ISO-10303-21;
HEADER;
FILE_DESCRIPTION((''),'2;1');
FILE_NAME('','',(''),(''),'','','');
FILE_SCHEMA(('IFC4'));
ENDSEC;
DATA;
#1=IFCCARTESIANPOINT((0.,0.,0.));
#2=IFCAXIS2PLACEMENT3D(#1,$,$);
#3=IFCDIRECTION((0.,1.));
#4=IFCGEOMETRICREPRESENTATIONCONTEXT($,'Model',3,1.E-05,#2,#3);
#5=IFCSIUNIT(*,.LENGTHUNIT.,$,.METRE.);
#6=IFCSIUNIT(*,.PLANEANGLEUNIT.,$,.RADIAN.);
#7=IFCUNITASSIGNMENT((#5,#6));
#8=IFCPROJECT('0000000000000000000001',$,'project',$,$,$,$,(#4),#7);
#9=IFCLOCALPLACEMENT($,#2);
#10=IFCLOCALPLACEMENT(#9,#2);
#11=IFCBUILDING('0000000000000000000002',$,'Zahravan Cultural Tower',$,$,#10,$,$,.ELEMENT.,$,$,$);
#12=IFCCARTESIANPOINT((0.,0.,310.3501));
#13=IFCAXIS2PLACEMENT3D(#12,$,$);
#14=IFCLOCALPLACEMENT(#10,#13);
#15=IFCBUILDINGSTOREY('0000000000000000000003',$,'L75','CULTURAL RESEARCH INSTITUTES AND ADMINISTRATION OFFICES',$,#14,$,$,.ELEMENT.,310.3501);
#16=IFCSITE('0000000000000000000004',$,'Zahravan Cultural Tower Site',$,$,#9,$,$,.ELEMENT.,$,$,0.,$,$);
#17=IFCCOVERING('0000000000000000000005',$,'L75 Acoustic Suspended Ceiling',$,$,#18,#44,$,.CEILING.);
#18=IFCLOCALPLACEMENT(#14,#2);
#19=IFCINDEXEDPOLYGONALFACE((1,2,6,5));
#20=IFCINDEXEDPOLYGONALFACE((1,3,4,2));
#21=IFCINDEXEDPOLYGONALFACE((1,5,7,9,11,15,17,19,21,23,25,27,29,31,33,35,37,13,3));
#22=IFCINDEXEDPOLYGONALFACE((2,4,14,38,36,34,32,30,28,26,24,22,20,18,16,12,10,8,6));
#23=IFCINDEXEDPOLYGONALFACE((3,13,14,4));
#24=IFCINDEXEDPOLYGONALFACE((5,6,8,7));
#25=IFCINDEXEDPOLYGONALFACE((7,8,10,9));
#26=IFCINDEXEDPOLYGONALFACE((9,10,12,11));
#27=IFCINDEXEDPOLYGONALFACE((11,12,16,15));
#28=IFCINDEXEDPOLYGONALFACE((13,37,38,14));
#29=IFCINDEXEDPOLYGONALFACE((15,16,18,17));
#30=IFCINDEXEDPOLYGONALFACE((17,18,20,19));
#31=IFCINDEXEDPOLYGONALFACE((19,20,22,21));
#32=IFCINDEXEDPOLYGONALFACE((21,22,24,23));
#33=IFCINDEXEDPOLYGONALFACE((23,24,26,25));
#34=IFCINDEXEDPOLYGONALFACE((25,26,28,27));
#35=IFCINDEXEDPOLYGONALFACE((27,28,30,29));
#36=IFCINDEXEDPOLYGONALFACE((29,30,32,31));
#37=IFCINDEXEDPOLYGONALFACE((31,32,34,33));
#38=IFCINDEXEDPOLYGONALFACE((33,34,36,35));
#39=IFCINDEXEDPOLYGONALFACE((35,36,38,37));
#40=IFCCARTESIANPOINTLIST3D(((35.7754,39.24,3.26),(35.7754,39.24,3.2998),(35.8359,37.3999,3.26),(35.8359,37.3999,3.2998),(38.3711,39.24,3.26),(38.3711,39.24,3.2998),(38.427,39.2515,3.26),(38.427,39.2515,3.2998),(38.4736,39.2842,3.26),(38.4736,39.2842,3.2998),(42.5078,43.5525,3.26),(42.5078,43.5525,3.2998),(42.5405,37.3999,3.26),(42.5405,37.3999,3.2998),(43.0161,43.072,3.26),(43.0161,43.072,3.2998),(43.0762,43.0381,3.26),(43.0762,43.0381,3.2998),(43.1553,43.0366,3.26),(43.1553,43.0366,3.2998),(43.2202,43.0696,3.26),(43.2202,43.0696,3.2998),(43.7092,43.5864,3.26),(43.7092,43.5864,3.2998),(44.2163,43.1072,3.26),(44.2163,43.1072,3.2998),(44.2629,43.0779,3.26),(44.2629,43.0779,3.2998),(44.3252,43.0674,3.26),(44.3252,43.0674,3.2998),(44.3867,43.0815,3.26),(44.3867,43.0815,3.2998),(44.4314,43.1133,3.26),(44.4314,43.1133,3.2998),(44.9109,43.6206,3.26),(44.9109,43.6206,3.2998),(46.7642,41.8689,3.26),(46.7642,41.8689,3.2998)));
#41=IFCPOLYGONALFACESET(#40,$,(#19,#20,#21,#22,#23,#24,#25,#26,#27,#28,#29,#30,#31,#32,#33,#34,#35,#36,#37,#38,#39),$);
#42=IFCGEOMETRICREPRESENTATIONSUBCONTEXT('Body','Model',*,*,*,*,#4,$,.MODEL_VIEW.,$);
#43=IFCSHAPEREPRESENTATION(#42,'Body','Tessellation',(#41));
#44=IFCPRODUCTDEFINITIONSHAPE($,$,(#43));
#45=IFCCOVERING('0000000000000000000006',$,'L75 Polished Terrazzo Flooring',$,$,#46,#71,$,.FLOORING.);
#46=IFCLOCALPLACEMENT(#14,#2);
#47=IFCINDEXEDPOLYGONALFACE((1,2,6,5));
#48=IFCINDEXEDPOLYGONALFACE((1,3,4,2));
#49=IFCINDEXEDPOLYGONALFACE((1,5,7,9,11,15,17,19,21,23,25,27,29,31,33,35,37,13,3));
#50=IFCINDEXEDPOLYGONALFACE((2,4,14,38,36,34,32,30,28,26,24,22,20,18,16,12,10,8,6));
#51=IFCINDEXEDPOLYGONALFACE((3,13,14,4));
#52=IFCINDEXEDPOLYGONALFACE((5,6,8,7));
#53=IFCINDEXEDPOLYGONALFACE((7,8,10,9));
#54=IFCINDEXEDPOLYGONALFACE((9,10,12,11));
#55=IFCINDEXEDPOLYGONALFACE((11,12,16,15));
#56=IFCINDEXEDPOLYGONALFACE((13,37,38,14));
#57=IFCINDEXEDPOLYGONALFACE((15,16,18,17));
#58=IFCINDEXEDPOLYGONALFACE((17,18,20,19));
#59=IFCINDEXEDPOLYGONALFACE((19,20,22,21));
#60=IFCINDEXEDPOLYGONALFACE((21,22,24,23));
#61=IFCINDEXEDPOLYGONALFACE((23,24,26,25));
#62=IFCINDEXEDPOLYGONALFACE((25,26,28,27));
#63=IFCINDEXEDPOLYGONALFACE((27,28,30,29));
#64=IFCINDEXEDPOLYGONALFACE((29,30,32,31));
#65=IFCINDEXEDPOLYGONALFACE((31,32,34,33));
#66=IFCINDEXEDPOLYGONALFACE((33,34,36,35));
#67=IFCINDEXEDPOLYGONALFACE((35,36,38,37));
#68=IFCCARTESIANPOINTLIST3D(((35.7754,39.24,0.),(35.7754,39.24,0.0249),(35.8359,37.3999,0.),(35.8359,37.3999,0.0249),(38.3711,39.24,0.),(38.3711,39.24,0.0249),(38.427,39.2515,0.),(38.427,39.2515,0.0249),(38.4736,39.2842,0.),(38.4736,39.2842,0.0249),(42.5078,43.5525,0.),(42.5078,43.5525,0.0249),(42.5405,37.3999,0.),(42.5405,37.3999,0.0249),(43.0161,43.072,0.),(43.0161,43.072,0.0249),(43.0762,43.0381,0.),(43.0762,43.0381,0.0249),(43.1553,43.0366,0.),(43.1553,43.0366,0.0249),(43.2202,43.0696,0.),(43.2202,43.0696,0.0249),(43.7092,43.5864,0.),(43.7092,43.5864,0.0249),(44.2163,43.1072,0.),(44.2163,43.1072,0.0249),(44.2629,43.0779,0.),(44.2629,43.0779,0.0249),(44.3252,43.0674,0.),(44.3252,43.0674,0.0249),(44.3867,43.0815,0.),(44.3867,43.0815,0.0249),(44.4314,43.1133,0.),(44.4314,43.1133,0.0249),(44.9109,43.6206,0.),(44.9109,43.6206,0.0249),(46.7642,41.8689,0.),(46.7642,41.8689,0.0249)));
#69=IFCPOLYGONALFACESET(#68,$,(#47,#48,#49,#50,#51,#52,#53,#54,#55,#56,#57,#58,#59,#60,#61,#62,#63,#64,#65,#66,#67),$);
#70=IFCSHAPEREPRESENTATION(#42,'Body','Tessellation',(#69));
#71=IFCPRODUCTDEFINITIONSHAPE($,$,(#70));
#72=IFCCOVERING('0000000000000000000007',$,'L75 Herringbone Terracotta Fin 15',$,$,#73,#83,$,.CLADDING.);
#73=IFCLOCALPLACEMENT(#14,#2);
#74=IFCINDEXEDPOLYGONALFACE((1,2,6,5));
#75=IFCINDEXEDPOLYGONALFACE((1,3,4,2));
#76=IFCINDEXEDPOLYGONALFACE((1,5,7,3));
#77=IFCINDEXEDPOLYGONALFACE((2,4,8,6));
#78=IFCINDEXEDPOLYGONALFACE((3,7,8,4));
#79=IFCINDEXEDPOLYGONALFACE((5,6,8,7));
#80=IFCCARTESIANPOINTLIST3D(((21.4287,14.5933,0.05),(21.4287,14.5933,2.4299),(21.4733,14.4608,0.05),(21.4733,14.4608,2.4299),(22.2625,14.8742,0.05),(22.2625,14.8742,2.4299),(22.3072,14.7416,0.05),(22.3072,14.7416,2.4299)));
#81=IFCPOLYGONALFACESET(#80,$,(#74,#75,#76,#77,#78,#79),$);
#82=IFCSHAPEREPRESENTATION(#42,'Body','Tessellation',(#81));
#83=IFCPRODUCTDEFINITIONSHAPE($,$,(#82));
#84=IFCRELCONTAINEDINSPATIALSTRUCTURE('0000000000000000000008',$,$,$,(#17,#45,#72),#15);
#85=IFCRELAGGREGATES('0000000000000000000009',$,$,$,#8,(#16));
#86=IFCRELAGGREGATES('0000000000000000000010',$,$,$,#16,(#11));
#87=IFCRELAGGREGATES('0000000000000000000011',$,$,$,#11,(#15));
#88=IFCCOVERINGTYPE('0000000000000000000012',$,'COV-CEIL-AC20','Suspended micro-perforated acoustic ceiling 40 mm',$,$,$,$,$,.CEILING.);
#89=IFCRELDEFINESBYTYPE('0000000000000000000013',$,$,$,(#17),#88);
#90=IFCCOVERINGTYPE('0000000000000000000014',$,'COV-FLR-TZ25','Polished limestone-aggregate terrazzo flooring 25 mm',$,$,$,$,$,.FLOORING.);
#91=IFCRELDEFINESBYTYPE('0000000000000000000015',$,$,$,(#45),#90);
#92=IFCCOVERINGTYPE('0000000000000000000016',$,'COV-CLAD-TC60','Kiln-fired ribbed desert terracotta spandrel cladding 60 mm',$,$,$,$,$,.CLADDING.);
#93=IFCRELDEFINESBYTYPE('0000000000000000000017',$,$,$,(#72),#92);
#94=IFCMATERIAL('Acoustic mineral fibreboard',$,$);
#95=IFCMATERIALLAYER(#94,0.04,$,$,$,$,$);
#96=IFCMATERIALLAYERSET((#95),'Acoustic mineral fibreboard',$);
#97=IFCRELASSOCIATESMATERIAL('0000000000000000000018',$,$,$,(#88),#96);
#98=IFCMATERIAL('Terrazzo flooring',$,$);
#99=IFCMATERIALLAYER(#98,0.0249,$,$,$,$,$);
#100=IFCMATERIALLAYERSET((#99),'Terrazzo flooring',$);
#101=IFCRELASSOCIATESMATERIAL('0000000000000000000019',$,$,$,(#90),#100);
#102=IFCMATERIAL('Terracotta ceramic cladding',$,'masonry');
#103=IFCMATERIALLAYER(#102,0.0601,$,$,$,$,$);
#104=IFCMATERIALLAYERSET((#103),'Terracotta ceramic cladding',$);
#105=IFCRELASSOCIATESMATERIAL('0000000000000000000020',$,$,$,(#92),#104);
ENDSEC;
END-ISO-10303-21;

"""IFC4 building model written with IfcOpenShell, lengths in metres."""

from ifc_helpers import new_model, si_unit, direction, frame, origin, origin_2d, place, context, subcontext, project, spatial, polyline, rectangle, outline, extrude, source, transform, mapped, material, layer, layer_set, type_object, element, save


model = new_model("IFC4")

# Units and contexts
model_context = context("Model", 3, precision=1e-05, world=origin(), true_north=direction((0.0, 1.0)))
body_context = subcontext(model_context, "Body", "Model", "MODEL_VIEW")
ifc_project = project(units=[si_unit("LENGTHUNIT", "METRE"), si_unit("PLANEANGLEUNIT", "RADIAN")], contexts=[model_context])

# Site, building, storey
site_placement = place(None, origin())
site = spatial("IfcSite", under=ifc_project, at=site_placement, Name="Zahravan Cultural Tower Site", CompositionType="ELEMENT", RefElevation=0.0)
building_placement = place(site_placement, origin())
building = spatial("IfcBuilding", under=site, at=building_placement, Name="Zahravan Cultural Tower", CompositionType="ELEMENT")
storey_placement = place(building_placement, frame((0.0, 0.0, 310.3501)))
storey = spatial("IfcBuildingStorey", under=building, at=storey_placement, Name="L75", Description="CULTURAL RESEARCH INSTITUTES AND ADMINISTRATION OFFICES", CompositionType="ELEMENT", Elevation=310.3501)

# Coverings
ifc_material_1 = material(Name="Acoustic mineral fibreboard")
ifc_layer_1 = layer(ifc_material_1, 0.04)
ifc_layer_set_1 = layer_set([ifc_layer_1], Name="Acoustic mineral fibreboard")
covering_type_1 = type_object("IfcCoveringType", Name="COV-CEIL-AC20", Description="Suspended micro-perforated acoustic ceiling 40 mm", PredefinedType="CEILING", material=ifc_layer_set_1)
covering_1_placement = place(storey_placement, frame((0.0, 0.0, 3.26)))
element("IfcCovering", 1, at=covering_1_placement, inside=storey, type_object=covering_type_1, Name="L75 Acoustic Suspended Ceiling", PredefinedType="CEILING", context=body_context, shape_type="SweptSolid", body=[
    extrude(outline(polyline([(44.9109, 43.6206), (44.4314, 43.1133), (44.3867, 43.0815), (44.3252, 43.0674), (44.2629, 43.0779), (44.2163, 43.1072), (43.7092, 43.5864), (43.2202, 43.0696), (43.1553, 43.0366), (43.0762, 43.0381), (43.0161, 43.072), (42.5078, 43.5525), (38.4736, 39.2842), (38.427, 39.2515), (38.3711, 39.24), (35.7754, 39.24), (35.8359, 37.3999), (42.5405, 37.3999), (46.7642, 41.8689), (44.9109, 43.6206)])), origin(), (0.0, 0.0, 1.0), 0.0398),
])
ifc_material_2 = material(Name="Terrazzo flooring")
ifc_layer_2 = layer(ifc_material_2, 0.0249)
ifc_layer_set_2 = layer_set([ifc_layer_2], Name="Terrazzo flooring")
covering_type_2 = type_object("IfcCoveringType", Name="COV-FLR-TZ25", Description="Polished limestone-aggregate terrazzo flooring 25 mm", PredefinedType="FLOORING", material=ifc_layer_set_2)
covering_2_placement = place(storey_placement, origin())
element("IfcCovering", 2, at=covering_2_placement, inside=storey, type_object=covering_type_2, Name="L75 Polished Terrazzo Flooring", PredefinedType="FLOORING", context=body_context, shape_type="SweptSolid", body=[
    extrude(outline(polyline([(44.9109, 43.6206), (44.4314, 43.1133), (44.3867, 43.0815), (44.3252, 43.0674), (44.2629, 43.0779), (44.2163, 43.1072), (43.7092, 43.5864), (43.2202, 43.0696), (43.1553, 43.0366), (43.0762, 43.0381), (43.0161, 43.072), (42.5078, 43.5525), (38.4736, 39.2842), (38.427, 39.2515), (38.3711, 39.24), (35.7754, 39.24), (35.8359, 37.3999), (42.5405, 37.3999), (46.7642, 41.8689), (44.9109, 43.6206)])), origin(), (0.0, 0.0, 1.0), 0.0249),
])
ifc_material_3 = material(Name="Terracotta ceramic cladding", Category="masonry")
ifc_layer_3 = layer(ifc_material_3, 0.0601)
ifc_layer_set_3 = layer_set([ifc_layer_3], Name="Terracotta ceramic cladding")
covering_type_3 = type_object("IfcCoveringType", Name="COV-CLAD-TC60", Description="Kiln-fired ribbed desert terracotta spandrel cladding 60 mm", PredefinedType="CLADDING", material=ifc_layer_set_3)
shared_shape_1 = source(origin(), body_context, "Body", "SweptSolid", [
    extrude(rectangle(XDim=0.8799, YDim=0.1399, at=origin_2d()), origin(), (0.0, 0.0, 1.0), 2.3799),
])
covering_3_placement = place(storey_placement, frame((21.8679, 14.6675, 0.05), z_axis=(0.0, 0.0, 1.0), x_axis=(-0.947679, -0.319224, 0.0)))
element("IfcCovering", 3, at=covering_3_placement, inside=storey, type_object=covering_type_3, Name="L75 Herringbone Terracotta Fin 15", PredefinedType="CLADDING", context=body_context, shape_type="MappedRepresentation", body=[
    mapped(shared_shape_1, transform((0.0, 0.0, 0.0), x_axis=(1.0, 0.0, 0.0), y_axis=(0.0, 1.0, 0.0), z_axis=(0.0, 0.0, 1.0), scale=1.0)),
])

save(model, "model.ifc")
